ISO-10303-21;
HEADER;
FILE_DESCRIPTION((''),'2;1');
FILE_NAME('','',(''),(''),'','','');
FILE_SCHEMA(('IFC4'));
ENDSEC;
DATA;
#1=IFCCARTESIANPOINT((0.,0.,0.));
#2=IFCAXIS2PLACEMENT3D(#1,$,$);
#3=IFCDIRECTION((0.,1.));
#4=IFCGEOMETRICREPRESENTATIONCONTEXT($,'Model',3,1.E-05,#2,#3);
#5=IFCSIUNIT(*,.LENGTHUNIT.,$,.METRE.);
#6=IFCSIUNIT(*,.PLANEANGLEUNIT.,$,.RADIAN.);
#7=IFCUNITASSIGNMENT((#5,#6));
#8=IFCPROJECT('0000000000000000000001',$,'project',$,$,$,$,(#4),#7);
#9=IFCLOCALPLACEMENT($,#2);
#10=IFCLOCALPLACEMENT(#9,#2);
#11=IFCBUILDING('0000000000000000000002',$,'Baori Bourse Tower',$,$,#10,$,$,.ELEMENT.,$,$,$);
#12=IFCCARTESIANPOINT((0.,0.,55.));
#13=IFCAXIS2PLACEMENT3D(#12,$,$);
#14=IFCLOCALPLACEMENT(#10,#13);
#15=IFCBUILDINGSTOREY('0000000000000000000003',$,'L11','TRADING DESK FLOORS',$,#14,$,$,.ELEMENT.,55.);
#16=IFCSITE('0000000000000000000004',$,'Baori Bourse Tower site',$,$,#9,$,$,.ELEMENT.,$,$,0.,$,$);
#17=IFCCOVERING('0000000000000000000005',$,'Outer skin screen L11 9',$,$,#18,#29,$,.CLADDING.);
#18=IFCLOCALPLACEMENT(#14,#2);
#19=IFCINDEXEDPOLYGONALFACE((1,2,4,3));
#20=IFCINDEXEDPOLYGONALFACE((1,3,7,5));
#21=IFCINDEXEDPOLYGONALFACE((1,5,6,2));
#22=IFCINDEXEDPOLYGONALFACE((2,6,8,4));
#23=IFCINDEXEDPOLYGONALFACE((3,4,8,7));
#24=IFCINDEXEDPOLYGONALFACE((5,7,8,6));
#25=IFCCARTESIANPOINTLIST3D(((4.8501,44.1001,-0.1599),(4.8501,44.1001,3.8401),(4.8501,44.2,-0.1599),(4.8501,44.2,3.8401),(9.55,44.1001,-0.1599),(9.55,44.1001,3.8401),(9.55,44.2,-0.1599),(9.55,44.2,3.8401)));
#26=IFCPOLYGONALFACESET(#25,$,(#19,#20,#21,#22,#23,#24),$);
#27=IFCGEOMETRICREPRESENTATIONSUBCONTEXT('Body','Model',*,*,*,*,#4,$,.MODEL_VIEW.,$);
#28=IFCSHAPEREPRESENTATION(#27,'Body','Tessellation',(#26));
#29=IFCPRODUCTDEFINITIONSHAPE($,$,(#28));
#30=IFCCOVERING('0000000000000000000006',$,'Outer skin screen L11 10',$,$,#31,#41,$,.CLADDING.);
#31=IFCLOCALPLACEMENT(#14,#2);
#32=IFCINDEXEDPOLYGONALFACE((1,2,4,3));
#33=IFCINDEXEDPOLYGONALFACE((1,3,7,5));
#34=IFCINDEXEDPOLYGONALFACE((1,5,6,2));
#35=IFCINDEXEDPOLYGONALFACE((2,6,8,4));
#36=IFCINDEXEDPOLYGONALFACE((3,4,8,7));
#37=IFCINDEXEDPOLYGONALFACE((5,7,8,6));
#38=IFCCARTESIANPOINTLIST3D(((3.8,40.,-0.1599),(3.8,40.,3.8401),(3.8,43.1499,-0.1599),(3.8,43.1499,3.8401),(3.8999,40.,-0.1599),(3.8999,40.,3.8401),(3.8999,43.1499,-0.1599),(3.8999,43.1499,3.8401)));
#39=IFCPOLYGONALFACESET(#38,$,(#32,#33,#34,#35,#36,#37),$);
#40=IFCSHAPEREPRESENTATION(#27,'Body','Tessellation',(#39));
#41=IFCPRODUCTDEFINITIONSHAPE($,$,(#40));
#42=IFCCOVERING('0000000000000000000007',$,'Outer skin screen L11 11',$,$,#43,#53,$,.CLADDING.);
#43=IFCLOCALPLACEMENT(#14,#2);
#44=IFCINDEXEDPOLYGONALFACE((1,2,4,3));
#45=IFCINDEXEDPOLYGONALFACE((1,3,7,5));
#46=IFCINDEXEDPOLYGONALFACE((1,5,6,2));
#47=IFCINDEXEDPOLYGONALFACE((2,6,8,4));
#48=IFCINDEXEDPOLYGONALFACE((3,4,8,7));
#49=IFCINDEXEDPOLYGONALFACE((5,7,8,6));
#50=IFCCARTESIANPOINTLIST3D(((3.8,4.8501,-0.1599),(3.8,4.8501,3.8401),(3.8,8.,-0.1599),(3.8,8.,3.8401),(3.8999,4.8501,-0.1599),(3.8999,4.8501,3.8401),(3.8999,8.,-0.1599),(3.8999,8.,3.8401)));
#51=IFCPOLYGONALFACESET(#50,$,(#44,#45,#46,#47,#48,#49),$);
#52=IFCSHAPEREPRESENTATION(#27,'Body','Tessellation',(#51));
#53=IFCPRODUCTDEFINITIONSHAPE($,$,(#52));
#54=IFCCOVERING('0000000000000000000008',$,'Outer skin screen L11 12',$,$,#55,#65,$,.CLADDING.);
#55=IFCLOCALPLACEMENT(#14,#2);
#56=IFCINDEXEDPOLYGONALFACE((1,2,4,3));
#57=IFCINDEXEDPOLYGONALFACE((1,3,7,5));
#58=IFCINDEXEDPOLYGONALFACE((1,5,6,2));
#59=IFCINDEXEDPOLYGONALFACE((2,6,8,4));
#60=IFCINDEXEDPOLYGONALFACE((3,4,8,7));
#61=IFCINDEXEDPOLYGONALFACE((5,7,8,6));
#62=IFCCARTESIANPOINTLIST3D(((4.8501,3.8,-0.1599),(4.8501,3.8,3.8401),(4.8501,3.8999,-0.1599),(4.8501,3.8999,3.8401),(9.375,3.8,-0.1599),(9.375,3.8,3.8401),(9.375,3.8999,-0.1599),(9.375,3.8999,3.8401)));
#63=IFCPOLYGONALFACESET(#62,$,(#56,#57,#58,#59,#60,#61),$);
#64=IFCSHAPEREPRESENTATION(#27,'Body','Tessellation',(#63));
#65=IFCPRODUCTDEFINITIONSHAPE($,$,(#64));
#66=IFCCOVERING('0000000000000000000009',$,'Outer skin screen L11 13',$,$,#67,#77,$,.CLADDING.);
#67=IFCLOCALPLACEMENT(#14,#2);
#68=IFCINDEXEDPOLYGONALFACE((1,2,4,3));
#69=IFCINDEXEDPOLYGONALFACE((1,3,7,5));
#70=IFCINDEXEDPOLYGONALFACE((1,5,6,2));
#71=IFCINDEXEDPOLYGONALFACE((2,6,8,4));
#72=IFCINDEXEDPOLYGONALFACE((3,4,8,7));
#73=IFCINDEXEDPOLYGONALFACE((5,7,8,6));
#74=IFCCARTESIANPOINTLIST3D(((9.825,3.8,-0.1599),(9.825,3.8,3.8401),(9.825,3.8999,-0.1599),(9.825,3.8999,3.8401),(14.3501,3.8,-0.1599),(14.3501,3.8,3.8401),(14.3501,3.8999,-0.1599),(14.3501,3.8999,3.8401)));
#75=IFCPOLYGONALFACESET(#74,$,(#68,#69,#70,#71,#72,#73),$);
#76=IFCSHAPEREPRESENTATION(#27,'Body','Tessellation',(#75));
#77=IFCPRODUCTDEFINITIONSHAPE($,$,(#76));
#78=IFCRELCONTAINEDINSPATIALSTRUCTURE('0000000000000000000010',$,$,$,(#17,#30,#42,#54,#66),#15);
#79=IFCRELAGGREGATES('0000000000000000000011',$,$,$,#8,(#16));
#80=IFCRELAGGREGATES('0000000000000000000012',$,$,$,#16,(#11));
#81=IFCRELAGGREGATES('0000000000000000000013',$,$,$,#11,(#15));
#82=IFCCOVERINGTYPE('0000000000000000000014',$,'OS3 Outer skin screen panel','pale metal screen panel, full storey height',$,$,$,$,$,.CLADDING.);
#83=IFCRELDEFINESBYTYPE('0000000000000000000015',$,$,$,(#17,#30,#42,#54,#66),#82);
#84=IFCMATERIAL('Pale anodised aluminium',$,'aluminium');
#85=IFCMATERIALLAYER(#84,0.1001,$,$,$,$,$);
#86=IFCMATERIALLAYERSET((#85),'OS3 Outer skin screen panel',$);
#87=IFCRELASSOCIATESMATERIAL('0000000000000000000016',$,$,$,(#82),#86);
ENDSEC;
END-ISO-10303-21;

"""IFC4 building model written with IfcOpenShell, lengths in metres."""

from ifc_helpers import new_model, si_unit, direction, frame, origin, place, context, subcontext, project, spatial, polyline, outline, extrude, material, layer, layer_set, type_object, element, save


model = new_model("IFC4")

# Units and contexts
model_context = context("Model", 3, precision=1e-05, world=origin(), true_north=direction((0.0, 1.0)))
body_context = subcontext(model_context, "Body", "Model", "MODEL_VIEW")
ifc_project = project(units=[si_unit("LENGTHUNIT", "METRE"), si_unit("PLANEANGLEUNIT", "RADIAN")], contexts=[model_context])

# Site, building, storey
site_placement = place(None, origin())
site = spatial("IfcSite", under=ifc_project, at=site_placement, Name="Baori Bourse Tower site", CompositionType="ELEMENT", RefElevation=0.0)
building_placement = place(site_placement, origin())
building = spatial("IfcBuilding", under=site, at=building_placement, Name="Baori Bourse Tower", CompositionType="ELEMENT")
storey_placement = place(building_placement, frame((0.0, 0.0, 55.0)))
storey = spatial("IfcBuildingStorey", under=building, at=storey_placement, Name="L11", Description="TRADING DESK FLOORS", CompositionType="ELEMENT", Elevation=55.0)

# Coverings
ifc_material_1 = material(Name="Pale anodised aluminium", Category="aluminium")
ifc_layer_1 = layer(ifc_material_1, 0.1001)
ifc_layer_set_1 = layer_set([ifc_layer_1], Name="OS3 Outer skin screen panel")
covering_type = type_object("IfcCoveringType", Name="OS3 Outer skin screen panel", Description="pale metal screen panel, full storey height", PredefinedType="CLADDING", material=ifc_layer_set_1)
covering_1_placement = place(storey_placement, frame((0.0, 0.0, -0.1599)))
element("IfcCovering", 1, at=covering_1_placement, inside=storey, type_object=covering_type, Name="Outer skin screen L11 9", PredefinedType="CLADDING", context=body_context, shape_type="SweptSolid", body=[
    extrude(outline(polyline([(4.8501, 44.1001), (9.55, 44.1001), (9.55, 44.2), (4.8501, 44.2), (4.8501, 44.1001)])), origin(), (0.0, 0.0, 1.0), 4.0),
])
covering_2_placement = place(storey_placement, frame((0.0, 0.0, -0.1599)))
element("IfcCovering", 2, at=covering_2_placement, inside=storey, type_object=covering_type, Name="Outer skin screen L11 10", PredefinedType="CLADDING", context=body_context, shape_type="SweptSolid", body=[
    extrude(outline(polyline([(3.8999, 40.0), (3.8999, 43.1499), (3.8, 43.1499), (3.8, 40.0), (3.8999, 40.0), (3.8999, 40.0)])), origin(), (0.0, 0.0, 1.0), 4.0),
])
covering_3_placement = place(storey_placement, frame((0.0, 0.0, -0.1599)))
element("IfcCovering", 3, at=covering_3_placement, inside=storey, type_object=covering_type, Name="Outer skin screen L11 11", PredefinedType="CLADDING", context=body_context, shape_type="SweptSolid", body=[
    extrude(outline(polyline([(3.8999, 4.8501), (3.8999, 8.0), (3.8999, 8.0), (3.8, 8.0), (3.8, 4.8501), (3.8999, 4.8501)])), origin(), (0.0, 0.0, 1.0), 4.0),
])
covering_4_placement = place(storey_placement, frame((0.0, 0.0, -0.1599)))
element("IfcCovering", 4, at=covering_4_placement, inside=storey, type_object=covering_type, Name="Outer skin screen L11 12", PredefinedType="CLADDING", context=body_context, shape_type="SweptSolid", body=[
    extrude(outline(polyline([(9.375, 3.8999), (4.8501, 3.8999), (4.8501, 3.8), (9.375, 3.8), (9.375, 3.8999)])), origin(), (0.0, 0.0, 1.0), 4.0),
])
covering_5_placement = place(storey_placement, frame((0.0, 0.0, -0.1599)))
element("IfcCovering", 5, at=covering_5_placement, inside=storey, type_object=covering_type, Name="Outer skin screen L11 13", PredefinedType="CLADDING", context=body_context, shape_type="SweptSolid", body=[
    extrude(outline(polyline([(14.3501, 3.8999), (9.825, 3.8999), (9.825, 3.8), (14.3501, 3.8), (14.3501, 3.8999)])), origin(), (0.0, 0.0, 1.0), 4.0),
])

save(model, "model.ifc")
